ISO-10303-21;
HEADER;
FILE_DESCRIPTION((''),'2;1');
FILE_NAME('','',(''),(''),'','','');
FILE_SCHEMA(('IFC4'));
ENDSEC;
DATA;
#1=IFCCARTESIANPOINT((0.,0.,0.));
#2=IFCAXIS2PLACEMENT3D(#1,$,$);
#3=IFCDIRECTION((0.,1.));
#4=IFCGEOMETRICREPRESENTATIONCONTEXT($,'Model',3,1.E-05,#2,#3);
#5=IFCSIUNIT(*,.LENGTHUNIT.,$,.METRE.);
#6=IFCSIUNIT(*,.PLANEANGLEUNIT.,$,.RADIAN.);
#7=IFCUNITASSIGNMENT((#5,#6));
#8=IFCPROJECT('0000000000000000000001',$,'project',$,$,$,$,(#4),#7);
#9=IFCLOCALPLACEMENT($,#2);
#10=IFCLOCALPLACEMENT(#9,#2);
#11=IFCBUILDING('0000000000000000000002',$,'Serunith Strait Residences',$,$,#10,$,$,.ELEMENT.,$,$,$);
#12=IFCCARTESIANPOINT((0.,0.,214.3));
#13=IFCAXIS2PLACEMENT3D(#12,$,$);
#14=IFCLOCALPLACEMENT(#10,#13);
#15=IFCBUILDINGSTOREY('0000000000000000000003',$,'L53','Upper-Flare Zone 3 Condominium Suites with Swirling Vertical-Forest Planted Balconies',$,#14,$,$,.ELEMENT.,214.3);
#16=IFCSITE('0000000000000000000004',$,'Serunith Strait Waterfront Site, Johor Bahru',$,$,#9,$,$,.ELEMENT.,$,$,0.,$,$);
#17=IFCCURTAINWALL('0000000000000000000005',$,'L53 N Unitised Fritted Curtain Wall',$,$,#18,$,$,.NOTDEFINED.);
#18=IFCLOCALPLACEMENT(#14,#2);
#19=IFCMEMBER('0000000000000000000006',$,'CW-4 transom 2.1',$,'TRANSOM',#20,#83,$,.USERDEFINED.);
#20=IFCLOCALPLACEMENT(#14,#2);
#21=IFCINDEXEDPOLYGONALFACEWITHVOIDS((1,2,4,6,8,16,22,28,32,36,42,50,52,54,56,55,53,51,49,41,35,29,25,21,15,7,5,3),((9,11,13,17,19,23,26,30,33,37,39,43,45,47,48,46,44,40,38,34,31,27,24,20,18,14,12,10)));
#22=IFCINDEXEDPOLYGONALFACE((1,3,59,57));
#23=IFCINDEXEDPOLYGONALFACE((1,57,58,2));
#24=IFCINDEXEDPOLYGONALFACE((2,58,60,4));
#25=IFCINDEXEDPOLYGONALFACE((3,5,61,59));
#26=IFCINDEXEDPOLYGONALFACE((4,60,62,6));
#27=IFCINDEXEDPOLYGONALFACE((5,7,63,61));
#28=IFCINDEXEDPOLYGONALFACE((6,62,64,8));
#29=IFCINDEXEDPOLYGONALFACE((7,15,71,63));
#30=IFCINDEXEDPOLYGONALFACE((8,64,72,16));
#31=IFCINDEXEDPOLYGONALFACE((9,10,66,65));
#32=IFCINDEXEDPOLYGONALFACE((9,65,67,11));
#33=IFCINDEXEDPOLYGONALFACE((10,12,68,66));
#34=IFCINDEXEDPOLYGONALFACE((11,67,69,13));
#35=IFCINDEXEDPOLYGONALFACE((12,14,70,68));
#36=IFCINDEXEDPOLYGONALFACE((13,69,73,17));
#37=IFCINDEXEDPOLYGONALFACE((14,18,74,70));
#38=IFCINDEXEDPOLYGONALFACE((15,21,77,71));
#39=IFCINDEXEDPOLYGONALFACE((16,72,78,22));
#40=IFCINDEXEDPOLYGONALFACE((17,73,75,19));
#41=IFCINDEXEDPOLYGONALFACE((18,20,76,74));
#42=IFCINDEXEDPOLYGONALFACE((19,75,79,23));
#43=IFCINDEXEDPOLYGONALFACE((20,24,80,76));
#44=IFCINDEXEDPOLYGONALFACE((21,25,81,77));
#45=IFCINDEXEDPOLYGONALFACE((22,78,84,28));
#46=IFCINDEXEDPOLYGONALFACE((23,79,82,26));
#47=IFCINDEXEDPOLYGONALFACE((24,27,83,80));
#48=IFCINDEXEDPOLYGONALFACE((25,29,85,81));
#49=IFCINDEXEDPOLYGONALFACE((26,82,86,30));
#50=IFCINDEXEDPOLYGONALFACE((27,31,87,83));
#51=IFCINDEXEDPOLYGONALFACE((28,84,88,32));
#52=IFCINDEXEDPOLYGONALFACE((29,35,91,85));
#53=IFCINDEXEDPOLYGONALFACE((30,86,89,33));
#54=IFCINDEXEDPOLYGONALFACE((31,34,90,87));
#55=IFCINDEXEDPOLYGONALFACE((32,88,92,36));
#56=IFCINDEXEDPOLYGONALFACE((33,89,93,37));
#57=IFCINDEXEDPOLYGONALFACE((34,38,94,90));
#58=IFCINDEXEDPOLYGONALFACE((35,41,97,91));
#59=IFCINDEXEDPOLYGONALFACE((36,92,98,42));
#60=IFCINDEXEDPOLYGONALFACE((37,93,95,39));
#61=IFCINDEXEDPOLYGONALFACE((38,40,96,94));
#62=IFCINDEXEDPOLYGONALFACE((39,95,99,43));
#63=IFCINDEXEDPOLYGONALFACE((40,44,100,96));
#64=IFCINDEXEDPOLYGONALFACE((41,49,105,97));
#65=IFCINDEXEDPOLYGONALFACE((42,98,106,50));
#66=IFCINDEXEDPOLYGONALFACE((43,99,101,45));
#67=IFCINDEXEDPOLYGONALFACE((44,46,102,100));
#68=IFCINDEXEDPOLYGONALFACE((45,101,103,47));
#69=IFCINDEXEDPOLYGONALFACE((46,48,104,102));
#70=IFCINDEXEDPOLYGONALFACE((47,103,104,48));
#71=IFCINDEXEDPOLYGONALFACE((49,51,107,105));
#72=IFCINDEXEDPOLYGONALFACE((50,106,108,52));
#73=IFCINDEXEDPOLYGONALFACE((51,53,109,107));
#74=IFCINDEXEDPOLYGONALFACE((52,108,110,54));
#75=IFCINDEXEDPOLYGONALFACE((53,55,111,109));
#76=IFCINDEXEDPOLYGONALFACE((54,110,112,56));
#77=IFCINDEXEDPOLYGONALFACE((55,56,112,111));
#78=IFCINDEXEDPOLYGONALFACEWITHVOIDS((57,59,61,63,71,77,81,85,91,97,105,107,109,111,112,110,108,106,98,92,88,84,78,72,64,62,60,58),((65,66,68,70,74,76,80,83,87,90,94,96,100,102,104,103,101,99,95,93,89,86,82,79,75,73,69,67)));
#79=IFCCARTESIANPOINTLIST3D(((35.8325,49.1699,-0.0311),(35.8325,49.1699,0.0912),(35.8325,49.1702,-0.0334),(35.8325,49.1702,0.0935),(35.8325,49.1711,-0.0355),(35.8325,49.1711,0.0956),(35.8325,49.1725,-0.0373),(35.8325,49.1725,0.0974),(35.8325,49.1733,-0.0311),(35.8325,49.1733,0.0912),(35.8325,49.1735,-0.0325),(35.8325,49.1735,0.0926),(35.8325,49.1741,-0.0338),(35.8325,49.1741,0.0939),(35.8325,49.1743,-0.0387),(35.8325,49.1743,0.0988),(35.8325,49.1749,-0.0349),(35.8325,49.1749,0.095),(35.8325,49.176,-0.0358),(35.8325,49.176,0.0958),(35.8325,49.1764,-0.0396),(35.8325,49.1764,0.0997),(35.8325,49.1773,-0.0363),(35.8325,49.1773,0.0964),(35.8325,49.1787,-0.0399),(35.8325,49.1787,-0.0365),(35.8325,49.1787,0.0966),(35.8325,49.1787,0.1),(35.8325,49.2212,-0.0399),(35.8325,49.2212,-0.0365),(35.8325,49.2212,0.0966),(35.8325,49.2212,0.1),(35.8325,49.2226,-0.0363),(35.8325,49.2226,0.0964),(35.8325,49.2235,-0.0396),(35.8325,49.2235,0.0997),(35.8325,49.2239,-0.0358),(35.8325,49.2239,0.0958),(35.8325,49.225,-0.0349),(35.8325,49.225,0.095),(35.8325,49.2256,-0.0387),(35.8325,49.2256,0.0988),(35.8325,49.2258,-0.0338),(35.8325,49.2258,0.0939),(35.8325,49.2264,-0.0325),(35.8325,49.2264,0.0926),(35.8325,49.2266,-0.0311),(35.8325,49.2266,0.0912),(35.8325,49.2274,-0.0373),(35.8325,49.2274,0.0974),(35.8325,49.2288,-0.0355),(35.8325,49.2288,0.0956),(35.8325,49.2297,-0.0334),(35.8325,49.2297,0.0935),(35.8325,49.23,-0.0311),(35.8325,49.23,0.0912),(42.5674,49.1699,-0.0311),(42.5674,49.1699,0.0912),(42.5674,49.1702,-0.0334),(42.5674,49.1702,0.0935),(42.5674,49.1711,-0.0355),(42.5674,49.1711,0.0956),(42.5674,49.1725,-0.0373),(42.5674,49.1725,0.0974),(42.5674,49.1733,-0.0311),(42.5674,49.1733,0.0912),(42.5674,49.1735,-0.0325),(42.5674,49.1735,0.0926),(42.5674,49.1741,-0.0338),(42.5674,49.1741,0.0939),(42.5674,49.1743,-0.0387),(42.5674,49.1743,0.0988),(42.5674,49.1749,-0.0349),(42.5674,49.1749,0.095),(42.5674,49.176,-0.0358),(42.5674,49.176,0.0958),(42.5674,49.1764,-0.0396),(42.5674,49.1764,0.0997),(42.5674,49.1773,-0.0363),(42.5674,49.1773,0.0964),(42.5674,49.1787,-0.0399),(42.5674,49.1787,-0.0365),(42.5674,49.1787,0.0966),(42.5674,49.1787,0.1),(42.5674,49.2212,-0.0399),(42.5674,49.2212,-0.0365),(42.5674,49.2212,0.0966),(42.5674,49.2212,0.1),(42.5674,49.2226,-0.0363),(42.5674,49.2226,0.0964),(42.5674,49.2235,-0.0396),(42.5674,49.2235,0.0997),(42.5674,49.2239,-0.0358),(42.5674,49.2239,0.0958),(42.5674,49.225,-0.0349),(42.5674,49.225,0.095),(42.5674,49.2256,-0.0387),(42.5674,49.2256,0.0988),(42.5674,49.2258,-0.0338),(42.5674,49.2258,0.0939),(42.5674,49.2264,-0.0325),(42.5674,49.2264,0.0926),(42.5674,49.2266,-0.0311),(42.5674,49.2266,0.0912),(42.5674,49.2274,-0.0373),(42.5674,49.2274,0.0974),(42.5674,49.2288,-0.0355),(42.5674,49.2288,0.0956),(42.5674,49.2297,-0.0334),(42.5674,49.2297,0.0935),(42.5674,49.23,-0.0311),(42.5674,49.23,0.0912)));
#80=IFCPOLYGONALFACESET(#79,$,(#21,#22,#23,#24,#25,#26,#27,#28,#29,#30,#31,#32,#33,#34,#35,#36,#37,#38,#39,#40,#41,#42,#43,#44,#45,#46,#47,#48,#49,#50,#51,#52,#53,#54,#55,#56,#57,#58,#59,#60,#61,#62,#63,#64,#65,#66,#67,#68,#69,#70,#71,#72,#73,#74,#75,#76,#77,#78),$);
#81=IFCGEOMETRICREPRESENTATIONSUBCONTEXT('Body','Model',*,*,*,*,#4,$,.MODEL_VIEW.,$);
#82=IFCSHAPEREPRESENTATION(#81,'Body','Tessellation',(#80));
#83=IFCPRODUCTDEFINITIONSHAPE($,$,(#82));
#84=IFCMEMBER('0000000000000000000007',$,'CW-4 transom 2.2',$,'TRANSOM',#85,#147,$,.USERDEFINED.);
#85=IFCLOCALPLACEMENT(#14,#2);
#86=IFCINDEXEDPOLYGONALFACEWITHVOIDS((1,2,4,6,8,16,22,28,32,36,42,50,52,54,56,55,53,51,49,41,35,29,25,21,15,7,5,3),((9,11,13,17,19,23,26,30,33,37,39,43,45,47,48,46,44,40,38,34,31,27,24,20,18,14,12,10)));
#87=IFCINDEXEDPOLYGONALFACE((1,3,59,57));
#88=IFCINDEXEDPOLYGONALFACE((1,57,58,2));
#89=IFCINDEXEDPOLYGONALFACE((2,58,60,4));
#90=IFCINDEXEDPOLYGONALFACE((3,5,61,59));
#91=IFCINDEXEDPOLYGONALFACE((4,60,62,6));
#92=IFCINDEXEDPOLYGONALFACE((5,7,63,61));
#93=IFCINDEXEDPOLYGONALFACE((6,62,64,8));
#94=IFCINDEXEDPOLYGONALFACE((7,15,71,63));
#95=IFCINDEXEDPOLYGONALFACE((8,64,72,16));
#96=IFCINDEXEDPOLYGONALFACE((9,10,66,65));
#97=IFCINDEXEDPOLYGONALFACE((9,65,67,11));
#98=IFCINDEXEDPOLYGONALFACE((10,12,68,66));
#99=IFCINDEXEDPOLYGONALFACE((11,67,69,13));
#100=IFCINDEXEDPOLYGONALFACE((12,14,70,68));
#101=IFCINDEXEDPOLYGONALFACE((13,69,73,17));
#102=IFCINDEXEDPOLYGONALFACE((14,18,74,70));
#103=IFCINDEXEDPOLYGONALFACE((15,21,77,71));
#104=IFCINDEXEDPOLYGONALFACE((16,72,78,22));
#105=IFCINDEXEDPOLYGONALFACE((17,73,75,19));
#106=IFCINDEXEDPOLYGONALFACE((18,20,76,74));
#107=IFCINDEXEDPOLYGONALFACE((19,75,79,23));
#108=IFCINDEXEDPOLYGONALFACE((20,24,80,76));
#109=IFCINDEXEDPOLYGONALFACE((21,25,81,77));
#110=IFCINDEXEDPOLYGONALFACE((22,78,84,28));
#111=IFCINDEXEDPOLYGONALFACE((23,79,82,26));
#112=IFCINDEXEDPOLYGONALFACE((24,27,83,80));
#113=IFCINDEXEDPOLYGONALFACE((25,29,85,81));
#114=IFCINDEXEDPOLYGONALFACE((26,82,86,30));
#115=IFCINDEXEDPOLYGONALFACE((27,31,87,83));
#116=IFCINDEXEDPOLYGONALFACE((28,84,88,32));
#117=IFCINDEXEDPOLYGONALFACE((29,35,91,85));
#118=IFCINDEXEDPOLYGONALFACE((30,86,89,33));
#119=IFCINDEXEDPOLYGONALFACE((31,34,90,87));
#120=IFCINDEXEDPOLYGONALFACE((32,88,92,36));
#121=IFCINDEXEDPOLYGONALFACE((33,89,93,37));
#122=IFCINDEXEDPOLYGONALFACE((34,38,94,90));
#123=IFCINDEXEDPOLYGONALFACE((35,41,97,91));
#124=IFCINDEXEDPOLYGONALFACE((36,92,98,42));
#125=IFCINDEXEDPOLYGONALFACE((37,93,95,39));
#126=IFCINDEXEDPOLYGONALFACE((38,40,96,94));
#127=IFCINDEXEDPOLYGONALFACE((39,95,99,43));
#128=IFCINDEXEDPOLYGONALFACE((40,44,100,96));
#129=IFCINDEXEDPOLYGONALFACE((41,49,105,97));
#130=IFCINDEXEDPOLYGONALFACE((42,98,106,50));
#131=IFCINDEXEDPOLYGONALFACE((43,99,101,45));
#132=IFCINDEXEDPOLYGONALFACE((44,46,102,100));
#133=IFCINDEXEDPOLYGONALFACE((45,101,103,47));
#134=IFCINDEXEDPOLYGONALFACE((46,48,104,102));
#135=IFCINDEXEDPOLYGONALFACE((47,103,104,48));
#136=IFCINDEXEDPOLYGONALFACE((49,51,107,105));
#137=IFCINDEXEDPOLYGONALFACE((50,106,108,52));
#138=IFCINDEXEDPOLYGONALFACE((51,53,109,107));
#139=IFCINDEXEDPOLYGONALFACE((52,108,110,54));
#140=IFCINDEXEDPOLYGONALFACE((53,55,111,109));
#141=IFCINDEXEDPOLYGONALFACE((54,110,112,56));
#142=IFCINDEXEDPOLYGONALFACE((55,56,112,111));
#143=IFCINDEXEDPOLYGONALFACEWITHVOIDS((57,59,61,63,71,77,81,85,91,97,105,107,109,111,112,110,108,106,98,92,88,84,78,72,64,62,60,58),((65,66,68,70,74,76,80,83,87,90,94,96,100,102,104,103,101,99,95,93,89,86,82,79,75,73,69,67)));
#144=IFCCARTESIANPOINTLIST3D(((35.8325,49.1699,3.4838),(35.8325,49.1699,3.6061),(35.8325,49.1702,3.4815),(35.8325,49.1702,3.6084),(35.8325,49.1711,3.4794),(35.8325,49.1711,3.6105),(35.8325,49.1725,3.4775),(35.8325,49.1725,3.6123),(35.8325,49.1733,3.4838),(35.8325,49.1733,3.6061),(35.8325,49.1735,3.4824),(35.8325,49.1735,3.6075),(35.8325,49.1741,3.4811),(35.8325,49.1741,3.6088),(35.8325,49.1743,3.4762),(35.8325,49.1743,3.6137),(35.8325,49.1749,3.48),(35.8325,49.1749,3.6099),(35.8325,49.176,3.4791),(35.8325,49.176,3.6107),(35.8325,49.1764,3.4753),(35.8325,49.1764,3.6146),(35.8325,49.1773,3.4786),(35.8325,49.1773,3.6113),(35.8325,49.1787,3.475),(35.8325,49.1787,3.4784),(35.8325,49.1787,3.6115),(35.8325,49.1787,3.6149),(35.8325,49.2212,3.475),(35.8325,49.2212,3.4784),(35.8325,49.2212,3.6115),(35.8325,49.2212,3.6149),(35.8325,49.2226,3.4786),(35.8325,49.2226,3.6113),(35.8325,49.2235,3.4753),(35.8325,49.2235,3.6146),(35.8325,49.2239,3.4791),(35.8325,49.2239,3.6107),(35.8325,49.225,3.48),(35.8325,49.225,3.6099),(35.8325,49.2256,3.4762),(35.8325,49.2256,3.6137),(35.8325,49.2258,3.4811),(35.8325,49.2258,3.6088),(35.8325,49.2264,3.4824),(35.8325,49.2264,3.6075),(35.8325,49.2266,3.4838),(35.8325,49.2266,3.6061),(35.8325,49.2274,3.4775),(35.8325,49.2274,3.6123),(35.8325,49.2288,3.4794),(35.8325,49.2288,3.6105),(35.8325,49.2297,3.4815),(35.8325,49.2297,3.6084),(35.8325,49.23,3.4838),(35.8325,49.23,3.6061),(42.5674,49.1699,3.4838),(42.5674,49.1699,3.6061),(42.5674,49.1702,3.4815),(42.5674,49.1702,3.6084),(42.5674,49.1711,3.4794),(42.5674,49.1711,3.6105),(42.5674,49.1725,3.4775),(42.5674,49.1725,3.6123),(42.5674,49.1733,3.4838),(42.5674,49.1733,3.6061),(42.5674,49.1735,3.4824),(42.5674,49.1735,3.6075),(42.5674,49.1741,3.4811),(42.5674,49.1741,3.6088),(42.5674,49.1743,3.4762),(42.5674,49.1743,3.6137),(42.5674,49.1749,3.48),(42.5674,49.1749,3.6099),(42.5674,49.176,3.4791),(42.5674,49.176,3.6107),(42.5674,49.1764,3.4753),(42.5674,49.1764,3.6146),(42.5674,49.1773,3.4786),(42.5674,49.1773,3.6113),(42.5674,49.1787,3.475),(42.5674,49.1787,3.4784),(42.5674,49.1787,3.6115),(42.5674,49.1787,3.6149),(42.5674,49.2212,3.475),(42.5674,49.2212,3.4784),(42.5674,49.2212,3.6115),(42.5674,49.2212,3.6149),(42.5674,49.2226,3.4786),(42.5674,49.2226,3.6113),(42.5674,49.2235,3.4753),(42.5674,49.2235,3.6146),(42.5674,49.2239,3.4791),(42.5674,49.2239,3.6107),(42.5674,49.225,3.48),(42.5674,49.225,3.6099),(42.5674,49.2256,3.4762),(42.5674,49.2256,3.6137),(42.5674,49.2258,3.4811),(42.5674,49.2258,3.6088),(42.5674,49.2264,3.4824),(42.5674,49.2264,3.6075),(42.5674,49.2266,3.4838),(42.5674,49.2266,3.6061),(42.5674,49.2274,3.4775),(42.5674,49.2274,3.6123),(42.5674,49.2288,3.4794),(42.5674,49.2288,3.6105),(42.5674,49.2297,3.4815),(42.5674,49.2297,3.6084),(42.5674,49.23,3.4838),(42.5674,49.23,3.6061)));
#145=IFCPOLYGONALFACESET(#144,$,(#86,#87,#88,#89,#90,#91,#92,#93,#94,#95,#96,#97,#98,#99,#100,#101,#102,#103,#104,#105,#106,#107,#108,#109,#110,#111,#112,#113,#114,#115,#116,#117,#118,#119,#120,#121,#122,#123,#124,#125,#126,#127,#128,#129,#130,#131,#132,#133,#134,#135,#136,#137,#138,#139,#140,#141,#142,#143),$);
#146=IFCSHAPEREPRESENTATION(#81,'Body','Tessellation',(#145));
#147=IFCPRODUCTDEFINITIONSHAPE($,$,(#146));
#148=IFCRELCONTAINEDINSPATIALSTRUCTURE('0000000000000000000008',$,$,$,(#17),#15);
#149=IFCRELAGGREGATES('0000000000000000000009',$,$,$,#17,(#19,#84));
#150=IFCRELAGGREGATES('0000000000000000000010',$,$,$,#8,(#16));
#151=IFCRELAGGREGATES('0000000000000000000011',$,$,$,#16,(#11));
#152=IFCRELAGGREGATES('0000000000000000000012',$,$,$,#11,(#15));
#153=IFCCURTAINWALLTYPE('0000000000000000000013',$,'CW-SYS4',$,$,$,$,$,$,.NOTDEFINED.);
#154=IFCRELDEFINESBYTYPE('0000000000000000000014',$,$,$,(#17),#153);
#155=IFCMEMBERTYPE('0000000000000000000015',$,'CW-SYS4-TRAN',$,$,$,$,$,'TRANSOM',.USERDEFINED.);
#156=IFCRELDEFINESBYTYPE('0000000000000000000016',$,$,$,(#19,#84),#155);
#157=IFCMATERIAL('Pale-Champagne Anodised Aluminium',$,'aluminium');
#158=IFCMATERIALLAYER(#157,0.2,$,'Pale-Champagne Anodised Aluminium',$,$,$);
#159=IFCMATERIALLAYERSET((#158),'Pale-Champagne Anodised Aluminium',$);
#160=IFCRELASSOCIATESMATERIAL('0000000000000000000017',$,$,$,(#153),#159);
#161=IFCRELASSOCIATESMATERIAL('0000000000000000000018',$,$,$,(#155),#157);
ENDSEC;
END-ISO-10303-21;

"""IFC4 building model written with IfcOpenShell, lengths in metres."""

from ifc_helpers import new_model, si_unit, direction, frame, origin, origin_2d, place, context, subcontext, project, spatial, hollow_rectangle, extrude, source, transform, mapped, material, layer, layer_set, material_profile, profile_set, type_object, element, aggregate, save


model = new_model("IFC4")

# Units and contexts
model_context = context("Model", 3, precision=1e-05, world=origin(), true_north=direction((0.0, 1.0)))
body_context = subcontext(model_context, "Body", "Model", "MODEL_VIEW")
ifc_project = project(units=[si_unit("LENGTHUNIT", "METRE"), si_unit("PLANEANGLEUNIT", "RADIAN")], contexts=[model_context])

# Site, building, storey
site_placement = place(None, origin())
site = spatial("IfcSite", under=ifc_project, at=site_placement, Name="Serunith Strait Waterfront Site, Johor Bahru", CompositionType="ELEMENT", RefElevation=0.0)
building_placement = place(site_placement, origin())
building = spatial("IfcBuilding", under=site, at=building_placement, Name="Serunith Strait Residences", CompositionType="ELEMENT")
storey_placement = place(building_placement, frame((0.0, 0.0, 214.3)))
storey = spatial("IfcBuildingStorey", under=building, at=storey_placement, Name="L53", Description="Upper-Flare Zone 3 Condominium Suites with Swirling Vertical-Forest Planted Balconies", CompositionType="ELEMENT", Elevation=214.3)

# Curtain wall, members
ifc_material_1 = material(Name="Pale-Champagne Anodised Aluminium", Category="aluminium")
ifc_layer_1 = layer(ifc_material_1, 0.2, Name="Pale-Champagne Anodised Aluminium")
ifc_layer_set_1 = layer_set([ifc_layer_1], Name="Pale-Champagne Anodised Aluminium")
curtain_wall_type = type_object("IfcCurtainWallType", Name="CW-SYS4", PredefinedType="NOTDEFINED", material=ifc_layer_set_1)
curtain_wall_placement = place(storey_placement, origin())
curtain_wall = element("IfcCurtainWall", 1, at=curtain_wall_placement, inside=storey, type_object=curtain_wall_type, Name="L53 N Unitised Fritted Curtain Wall", PredefinedType="NOTDEFINED")
ifc_material_profile_1 = material_profile(ifc_material_1, hollow_rectangle(XDim=0.0601, YDim=0.1399, WallThickness=0.0034, InnerFilletRadius=0.0054, OuterFilletRadius=0.0088, at=origin_2d()), Name="ALU 140x60x3.5")
ifc_profile_set_1 = profile_set([ifc_material_profile_1], Name="Pale-Champagne Anodised Aluminium")
member_type_1 = type_object("IfcMemberType", Name="CW-SYS4-TRAN", ElementType="TRANSOM", PredefinedType="USERDEFINED", material=ifc_profile_set_1)
shared_shape_1 = source(origin(), body_context, "Body", "SweptSolid", [
    extrude(hollow_rectangle(XDim=0.0601, YDim=0.1399, WallThickness=0.0034, InnerFilletRadius=0.0054, OuterFilletRadius=0.0088, at=origin_2d()), origin(), (0.0, 0.0, 1.0), 6.7349),
])
member_1_placement = place(storey_placement, frame((42.5674, 49.2, 0.03), z_axis=(-1.0, 0.0, 0.0), x_axis=(0.0, -1.0, 0.0)))
member_1 = element("IfcMember", 2, at=member_1_placement, type_object=member_type_1, Name="CW-4 transom 2.1", ObjectType="TRANSOM", PredefinedType="USERDEFINED", context=body_context, shape_type="MappedRepresentation", body=[
    mapped(shared_shape_1, transform((0.0, 0.0, 0.0), scale=1.0)),
])
member_2_placement = place(storey_placement, frame((42.5674, 49.2, 3.5449), z_axis=(-1.0, 0.0, 0.0), x_axis=(0.0, -1.0, 0.0)))
member_2 = element("IfcMember", 3, at=member_2_placement, type_object=member_type_1, Name="CW-4 transom 2.2", ObjectType="TRANSOM", PredefinedType="USERDEFINED", context=body_context, shape_type="MappedRepresentation", body=[
    mapped(shared_shape_1, transform((0.0, 0.0, 0.0), scale=1.0)),
])
aggregate(curtain_wall, [member_1, member_2])

save(model, "model.ifc")
